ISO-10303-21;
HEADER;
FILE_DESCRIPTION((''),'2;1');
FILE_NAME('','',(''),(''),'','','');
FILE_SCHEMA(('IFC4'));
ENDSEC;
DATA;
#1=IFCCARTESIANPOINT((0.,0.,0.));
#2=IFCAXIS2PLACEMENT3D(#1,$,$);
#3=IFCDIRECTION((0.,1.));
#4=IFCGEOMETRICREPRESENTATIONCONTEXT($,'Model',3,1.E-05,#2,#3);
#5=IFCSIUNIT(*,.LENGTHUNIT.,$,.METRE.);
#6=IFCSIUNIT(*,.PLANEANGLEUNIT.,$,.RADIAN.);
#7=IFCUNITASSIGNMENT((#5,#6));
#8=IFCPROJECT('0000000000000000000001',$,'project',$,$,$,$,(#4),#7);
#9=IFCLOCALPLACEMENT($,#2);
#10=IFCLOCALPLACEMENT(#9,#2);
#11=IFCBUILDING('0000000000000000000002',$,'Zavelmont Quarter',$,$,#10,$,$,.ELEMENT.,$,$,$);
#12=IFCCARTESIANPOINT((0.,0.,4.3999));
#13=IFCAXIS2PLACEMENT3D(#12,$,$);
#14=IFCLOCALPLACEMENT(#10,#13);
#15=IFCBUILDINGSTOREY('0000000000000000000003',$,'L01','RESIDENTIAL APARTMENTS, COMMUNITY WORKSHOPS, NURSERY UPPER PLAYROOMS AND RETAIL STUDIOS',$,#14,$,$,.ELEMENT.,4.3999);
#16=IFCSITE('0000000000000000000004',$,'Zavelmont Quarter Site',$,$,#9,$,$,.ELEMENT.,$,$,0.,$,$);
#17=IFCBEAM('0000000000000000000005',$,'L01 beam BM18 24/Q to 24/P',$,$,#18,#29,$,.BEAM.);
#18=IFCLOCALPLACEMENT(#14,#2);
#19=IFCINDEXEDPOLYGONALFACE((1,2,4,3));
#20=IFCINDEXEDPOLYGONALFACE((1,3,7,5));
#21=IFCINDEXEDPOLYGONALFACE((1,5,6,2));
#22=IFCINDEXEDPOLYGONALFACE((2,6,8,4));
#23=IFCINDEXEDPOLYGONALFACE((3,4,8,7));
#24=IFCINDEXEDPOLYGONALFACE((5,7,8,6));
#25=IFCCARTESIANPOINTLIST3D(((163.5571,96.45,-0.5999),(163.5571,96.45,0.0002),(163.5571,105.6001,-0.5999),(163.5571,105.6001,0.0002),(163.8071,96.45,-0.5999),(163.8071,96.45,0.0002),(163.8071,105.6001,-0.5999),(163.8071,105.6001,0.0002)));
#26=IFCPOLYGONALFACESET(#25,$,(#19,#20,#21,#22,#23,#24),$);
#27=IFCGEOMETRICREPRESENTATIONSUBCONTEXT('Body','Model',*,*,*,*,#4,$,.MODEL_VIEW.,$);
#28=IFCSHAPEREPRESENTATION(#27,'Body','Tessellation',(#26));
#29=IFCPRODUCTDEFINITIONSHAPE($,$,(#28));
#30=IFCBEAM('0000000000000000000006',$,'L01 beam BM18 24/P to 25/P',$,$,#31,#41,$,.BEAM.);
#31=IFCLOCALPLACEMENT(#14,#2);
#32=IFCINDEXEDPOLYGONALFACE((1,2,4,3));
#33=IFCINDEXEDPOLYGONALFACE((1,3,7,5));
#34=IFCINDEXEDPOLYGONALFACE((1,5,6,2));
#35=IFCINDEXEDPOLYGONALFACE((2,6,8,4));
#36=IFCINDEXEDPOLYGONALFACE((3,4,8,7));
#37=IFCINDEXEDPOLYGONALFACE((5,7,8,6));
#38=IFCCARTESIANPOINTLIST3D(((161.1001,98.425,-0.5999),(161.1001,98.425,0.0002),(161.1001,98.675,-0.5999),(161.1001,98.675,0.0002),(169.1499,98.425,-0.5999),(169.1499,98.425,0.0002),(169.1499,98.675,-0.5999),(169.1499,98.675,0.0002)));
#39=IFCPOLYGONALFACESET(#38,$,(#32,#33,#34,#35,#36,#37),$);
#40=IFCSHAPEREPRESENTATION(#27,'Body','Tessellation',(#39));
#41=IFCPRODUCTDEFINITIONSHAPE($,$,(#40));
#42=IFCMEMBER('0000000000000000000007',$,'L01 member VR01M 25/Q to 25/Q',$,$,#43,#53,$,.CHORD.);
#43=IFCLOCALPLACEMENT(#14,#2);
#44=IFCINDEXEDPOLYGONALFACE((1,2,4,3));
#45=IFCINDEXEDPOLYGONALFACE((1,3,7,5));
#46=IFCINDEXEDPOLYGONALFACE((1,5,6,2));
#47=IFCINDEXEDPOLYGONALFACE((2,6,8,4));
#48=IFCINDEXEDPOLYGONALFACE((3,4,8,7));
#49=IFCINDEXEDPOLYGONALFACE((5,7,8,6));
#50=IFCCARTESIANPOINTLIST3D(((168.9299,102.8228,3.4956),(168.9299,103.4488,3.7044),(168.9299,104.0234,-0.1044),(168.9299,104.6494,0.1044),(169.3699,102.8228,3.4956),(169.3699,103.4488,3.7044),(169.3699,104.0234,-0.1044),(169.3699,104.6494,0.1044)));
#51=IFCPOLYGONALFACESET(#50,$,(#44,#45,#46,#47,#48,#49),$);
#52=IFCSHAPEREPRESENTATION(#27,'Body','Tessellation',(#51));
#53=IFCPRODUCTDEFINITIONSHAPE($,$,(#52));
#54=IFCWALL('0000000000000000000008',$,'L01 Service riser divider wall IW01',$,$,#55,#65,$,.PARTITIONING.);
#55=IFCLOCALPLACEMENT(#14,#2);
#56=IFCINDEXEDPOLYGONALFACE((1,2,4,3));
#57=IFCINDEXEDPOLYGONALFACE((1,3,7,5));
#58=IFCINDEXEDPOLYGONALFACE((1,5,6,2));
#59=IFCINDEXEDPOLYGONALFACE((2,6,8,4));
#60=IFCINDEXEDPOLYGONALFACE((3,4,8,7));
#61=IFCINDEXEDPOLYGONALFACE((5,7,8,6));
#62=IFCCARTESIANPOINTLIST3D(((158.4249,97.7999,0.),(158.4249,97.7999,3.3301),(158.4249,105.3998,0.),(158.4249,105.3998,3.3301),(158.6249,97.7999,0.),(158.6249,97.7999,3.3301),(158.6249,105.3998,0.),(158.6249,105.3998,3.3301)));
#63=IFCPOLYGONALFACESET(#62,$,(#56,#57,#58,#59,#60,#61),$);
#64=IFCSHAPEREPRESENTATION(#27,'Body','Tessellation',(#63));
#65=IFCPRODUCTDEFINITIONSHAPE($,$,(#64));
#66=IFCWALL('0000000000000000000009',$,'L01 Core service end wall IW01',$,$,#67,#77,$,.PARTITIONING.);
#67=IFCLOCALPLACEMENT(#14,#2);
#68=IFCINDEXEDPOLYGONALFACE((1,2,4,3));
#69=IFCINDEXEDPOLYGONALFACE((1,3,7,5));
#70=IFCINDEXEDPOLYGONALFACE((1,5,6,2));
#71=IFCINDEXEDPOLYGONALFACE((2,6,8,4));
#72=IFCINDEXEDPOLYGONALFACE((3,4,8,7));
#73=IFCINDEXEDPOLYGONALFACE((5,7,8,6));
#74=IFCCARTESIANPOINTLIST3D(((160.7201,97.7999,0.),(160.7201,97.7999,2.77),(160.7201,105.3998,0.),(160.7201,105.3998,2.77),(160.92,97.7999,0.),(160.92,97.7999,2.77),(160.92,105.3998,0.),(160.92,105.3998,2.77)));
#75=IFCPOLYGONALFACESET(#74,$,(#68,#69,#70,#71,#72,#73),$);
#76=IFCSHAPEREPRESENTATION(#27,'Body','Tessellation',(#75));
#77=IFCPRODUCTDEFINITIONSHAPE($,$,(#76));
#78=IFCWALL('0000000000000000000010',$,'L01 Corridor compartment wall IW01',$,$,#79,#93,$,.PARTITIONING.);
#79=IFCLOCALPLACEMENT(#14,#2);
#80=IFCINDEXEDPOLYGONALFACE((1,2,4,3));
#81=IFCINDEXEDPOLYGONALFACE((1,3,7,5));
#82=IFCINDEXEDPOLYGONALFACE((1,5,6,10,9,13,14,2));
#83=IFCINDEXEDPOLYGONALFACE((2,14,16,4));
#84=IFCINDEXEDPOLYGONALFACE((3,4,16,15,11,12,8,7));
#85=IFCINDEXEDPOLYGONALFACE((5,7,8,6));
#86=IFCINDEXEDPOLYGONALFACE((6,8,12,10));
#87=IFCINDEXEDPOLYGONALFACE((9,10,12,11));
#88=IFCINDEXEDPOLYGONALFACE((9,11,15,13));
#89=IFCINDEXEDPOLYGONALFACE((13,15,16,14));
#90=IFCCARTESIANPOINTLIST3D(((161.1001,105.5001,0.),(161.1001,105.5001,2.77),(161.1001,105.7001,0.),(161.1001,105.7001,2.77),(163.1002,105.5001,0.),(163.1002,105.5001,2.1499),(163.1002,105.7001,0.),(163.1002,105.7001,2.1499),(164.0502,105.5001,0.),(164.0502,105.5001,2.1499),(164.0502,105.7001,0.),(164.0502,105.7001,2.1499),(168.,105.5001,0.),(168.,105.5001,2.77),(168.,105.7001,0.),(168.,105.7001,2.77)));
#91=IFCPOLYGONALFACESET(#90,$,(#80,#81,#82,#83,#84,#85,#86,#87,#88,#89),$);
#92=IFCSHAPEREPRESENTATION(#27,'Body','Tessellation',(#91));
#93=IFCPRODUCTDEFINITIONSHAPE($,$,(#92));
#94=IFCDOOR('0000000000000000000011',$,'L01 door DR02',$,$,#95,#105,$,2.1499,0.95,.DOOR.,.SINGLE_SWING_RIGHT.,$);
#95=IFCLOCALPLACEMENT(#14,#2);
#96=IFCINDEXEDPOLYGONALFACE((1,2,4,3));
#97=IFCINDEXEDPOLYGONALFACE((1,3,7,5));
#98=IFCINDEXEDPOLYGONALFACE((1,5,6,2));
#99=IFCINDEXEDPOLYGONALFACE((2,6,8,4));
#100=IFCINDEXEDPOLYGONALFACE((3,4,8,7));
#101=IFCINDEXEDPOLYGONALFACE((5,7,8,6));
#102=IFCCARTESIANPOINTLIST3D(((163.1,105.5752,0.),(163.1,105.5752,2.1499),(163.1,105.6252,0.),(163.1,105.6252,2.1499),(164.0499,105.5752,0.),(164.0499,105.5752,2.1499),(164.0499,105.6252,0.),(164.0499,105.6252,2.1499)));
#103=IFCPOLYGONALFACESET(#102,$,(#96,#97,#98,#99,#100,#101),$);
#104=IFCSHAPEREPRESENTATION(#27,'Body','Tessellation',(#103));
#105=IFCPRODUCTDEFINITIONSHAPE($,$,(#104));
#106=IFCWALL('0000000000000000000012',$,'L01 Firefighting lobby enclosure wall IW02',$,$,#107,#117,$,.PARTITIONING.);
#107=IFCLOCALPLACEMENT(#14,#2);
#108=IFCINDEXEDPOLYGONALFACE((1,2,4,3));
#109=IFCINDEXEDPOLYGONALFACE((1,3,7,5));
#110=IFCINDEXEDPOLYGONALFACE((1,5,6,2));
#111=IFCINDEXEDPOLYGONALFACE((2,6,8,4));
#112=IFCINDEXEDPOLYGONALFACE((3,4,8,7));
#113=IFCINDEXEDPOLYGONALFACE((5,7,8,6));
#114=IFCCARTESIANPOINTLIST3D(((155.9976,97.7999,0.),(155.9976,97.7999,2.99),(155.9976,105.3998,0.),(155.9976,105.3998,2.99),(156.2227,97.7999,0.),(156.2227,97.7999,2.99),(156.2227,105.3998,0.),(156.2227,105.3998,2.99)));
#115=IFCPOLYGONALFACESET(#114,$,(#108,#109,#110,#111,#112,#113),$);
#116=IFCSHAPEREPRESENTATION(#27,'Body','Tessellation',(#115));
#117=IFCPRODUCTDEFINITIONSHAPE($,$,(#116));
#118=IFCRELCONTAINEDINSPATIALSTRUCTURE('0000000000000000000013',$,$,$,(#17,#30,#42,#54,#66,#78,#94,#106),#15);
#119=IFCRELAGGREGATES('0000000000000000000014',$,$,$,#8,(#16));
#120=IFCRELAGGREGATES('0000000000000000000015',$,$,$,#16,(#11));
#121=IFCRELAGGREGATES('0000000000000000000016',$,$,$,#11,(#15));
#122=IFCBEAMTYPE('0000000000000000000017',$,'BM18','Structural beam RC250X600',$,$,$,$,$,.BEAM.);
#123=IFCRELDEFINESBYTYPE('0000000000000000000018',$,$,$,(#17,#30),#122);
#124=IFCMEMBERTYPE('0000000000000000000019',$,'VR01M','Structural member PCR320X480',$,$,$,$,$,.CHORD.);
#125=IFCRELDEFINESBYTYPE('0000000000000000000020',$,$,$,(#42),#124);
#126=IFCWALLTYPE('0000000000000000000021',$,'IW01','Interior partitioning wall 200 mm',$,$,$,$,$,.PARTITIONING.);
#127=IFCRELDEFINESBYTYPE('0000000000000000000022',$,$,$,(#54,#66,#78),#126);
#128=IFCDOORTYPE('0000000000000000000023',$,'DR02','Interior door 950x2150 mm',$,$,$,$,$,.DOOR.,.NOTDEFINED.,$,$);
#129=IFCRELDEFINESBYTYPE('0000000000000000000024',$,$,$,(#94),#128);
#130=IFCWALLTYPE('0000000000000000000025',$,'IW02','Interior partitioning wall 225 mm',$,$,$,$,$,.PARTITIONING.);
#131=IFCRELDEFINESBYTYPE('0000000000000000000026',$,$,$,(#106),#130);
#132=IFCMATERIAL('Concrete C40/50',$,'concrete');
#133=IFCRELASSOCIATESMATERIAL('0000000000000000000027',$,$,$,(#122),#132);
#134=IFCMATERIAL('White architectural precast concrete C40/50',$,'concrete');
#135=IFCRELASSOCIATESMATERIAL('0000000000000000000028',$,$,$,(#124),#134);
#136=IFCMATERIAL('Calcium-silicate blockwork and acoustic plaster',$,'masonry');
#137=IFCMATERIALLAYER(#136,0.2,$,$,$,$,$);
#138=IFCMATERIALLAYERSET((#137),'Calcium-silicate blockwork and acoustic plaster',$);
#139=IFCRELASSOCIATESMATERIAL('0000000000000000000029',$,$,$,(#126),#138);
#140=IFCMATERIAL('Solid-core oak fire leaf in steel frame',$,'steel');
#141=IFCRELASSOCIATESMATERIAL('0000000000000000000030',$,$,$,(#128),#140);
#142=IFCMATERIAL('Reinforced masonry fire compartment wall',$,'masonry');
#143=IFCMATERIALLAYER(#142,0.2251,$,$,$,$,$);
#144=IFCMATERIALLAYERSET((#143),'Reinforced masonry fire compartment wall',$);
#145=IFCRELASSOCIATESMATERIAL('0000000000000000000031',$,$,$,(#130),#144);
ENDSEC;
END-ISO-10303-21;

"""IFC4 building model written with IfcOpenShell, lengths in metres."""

from ifc_helpers import new_model, si_unit, direction, frame, frame_2d, origin, origin_2d, place, context, subcontext, project, spatial, rectangle, extrude, material, layer, layer_set, material_profile, profile_set, type_object, element, fill, save


model = new_model("IFC4")

# Units and contexts
model_context = context("Model", 3, precision=1e-05, world=origin(), true_north=direction((0.0, 1.0)))
body_context = subcontext(model_context, "Body", "Model", "MODEL_VIEW")
ifc_project = project(units=[si_unit("LENGTHUNIT", "METRE"), si_unit("PLANEANGLEUNIT", "RADIAN")], contexts=[model_context])

# Site, building, storey
site_placement = place(None, origin())
site = spatial("IfcSite", under=ifc_project, at=site_placement, Name="Zavelmont Quarter Site", CompositionType="ELEMENT", RefElevation=0.0)
building_placement = place(site_placement, origin())
building = spatial("IfcBuilding", under=site, at=building_placement, Name="Zavelmont Quarter", CompositionType="ELEMENT")
storey_placement = place(building_placement, frame((0.0, 0.0, 4.3999)))
storey = spatial("IfcBuildingStorey", under=building, at=storey_placement, Name="L01", Description="RESIDENTIAL APARTMENTS, COMMUNITY WORKSHOPS, NURSERY UPPER PLAYROOMS AND RETAIL STUDIOS", CompositionType="ELEMENT", Elevation=4.3999)

# Shared definitions
ifc_material_1 = material(Name="Concrete C40/50", Category="concrete")

# Beams
ifc_material_profile_1 = material_profile(ifc_material_1, rectangle(XDim=0.25, YDim=0.6001, at=origin_2d()), Name="RC250X600")
ifc_profile_set_1 = profile_set([ifc_material_profile_1], Name="Concrete C40/50")
beam_type_1 = type_object("IfcBeamType", Name="BM18", Description="Structural beam RC250X600", PredefinedType="BEAM", material=ifc_profile_set_1)
for number, where, z_axis, x_axis, name in (
    (1, (163.6821, 105.6001, -0.2998), (0.0, -1.0, 0.0), (1.0, 0.0, 0.0), "L01 beam BM18 24/Q to 24/P"),
):
    element("IfcBeam", number, at=place(storey_placement, frame(where, z_axis=z_axis, x_axis=x_axis)), inside=storey, type_object=beam_type_1, Name=name, PredefinedType="BEAM", context=body_context, shape_type="SweptSolid", body=[
        extrude(rectangle(XDim=0.25, YDim=0.6001, at=origin_2d()), origin(), (0.0, 0.0, 1.0), 9.1501),
    ])
beam_1_placement = place(storey_placement, frame((161.1001, 98.55, -0.2998), z_axis=(1.0, 0.0, 0.0), x_axis=(0.0, 1.0, 0.0)))
element("IfcBeam", 2, at=beam_1_placement, inside=storey, type_object=beam_type_1, Name="L01 beam BM18 24/P to 25/P", PredefinedType="BEAM", context=body_context, shape_type="SweptSolid", body=[
    extrude(rectangle(XDim=0.25, YDim=0.6001, at=origin_2d()), origin(), (0.0, 0.0, 1.0), 8.0498),
])

# Member
ifc_material_2 = material(Name="White architectural precast concrete C40/50", Category="concrete")
ifc_material_profile_2 = material_profile(ifc_material_2, rectangle(XDim=0.4399, YDim=0.6599, at=origin_2d()), Name="PCR320X480")
ifc_profile_set_2 = profile_set([ifc_material_profile_2], Name="White architectural precast concrete C40/50")
member_type = type_object("IfcMemberType", Name="VR01M", Description="Structural member PCR320X480", PredefinedType="CHORD", material=ifc_profile_set_2)
member_placement = place(storey_placement, frame((169.1499, 104.3364, 0.0), z_axis=(0.0, -0.316382, 0.948632), x_axis=(1.0, 0.0, 0.0)))
element("IfcMember", 3, at=member_placement, inside=storey, type_object=member_type, Name="L01 member VR01M 25/Q to 25/Q", PredefinedType="CHORD", context=body_context, shape_type="SweptSolid", body=[
    extrude(rectangle(XDim=0.4399, YDim=0.6599, at=origin_2d()), origin(), (0.0, 0.0, 1.0), 3.7949),
])

# Walls
ifc_material_3 = material(Name="Calcium-silicate blockwork and acoustic plaster", Category="masonry")
ifc_layer_1 = layer(ifc_material_3, 0.2)
ifc_layer_set_1 = layer_set([ifc_layer_1], Name="Calcium-silicate blockwork and acoustic plaster")
wall_type_1 = type_object("IfcWallType", Name="IW01", Description="Interior partitioning wall 200 mm", PredefinedType="PARTITIONING", material=ifc_layer_set_1)
wall_1_placement = place(storey_placement, frame((158.5249, 97.8, 0.0), z_axis=(0.0, 0.0, 1.0), x_axis=(0.0, 1.0, 0.0)))
element("IfcWall", 4, at=wall_1_placement, inside=storey, type_object=wall_type_1, Name="L01 Service riser divider wall IW01", PredefinedType="PARTITIONING", context=body_context, shape_type="SweptSolid", body=[
    extrude(rectangle(XDim=7.5999, YDim=0.2, at=frame_2d((3.7998, 0.0))), origin(), (0.0, 0.0, 1.0), 3.3301),
])
wall_2_placement = place(storey_placement, frame((160.8201, 97.8, 0.0), z_axis=(0.0, 0.0, 1.0), x_axis=(0.0, 1.0, 0.0)))
element("IfcWall", 5, at=wall_2_placement, inside=storey, type_object=wall_type_1, Name="L01 Core service end wall IW01", PredefinedType="PARTITIONING", context=body_context, shape_type="SweptSolid", body=[
    extrude(rectangle(XDim=7.5999, YDim=0.2, at=frame_2d((3.7998, 0.0))), origin(), (0.0, 0.0, 1.0), 2.77),
])

# Wall, opening, door
wall_3_placement = place(storey_placement, frame((161.1001, 105.6001, 0.0), z_axis=(0.0, 0.0, 1.0), x_axis=(1.0, 0.0, 0.0)))
wall_3 = element("IfcWall", 6, at=wall_3_placement, inside=storey, type_object=wall_type_1, Name="L01 Corridor compartment wall IW01", PredefinedType="PARTITIONING", context=body_context, shape_type="SweptSolid", body=[
    extrude(rectangle(XDim=6.8999, YDim=0.2, at=frame_2d((3.45, 0.0))), origin(), (0.0, 0.0, 1.0), 2.77),
])
opening_1_placement = place(wall_3_placement, frame((2.0, 0.0, 0.0)))
opening_1 = element("IfcOpeningElement", 7, at=opening_1_placement, cuts=wall_3, PredefinedType="OPENING", context=body_context, shape_type="SweptSolid", body=[
    extrude(rectangle(XDim=0.95, YDim=2.1499, at=frame_2d((0.4751, 1.075))), frame((0.0, 0.1118, 0.0), z_axis=(0.0, -1.0, 0.0), x_axis=(1.0, 0.0, 0.0)), (0.0, 0.0, 1.0), 0.2239),
])
ifc_material_4 = material(Name="Solid-core oak fire leaf in steel frame", Category="steel")
door_type_1 = type_object("IfcDoorType", Name="DR02", Description="Interior door 950x2150 mm", OperationType="NOTDEFINED", PredefinedType="DOOR", material=ifc_material_4)
door_1_placement = place(opening_1_placement, frame((0.95, 0.0, 0.0), z_axis=(0.0, 0.0, 1.0), x_axis=(-1.0, 0.0, 0.0)))
door_1 = element("IfcDoor", 8, at=door_1_placement, inside=storey, type_object=door_type_1, Name="L01 door DR02", OperationType="SINGLE_SWING_RIGHT", OverallHeight=2.1499, OverallWidth=0.95, PredefinedType="DOOR", context=body_context, shape_type="SweptSolid", body=[
    extrude(rectangle(XDim=0.95, YDim=2.1499, at=frame_2d((0.4751, 1.075))), frame((0.0, 0.0249, 0.0), z_axis=(0.0, -1.0, 0.0), x_axis=(1.0, 0.0, 0.0)), (0.0, 0.0, 1.0), 0.05),
])
fill(opening_1, door_1)

# Wall
ifc_material_5 = material(Name="Reinforced masonry fire compartment wall", Category="masonry")
ifc_layer_2 = layer(ifc_material_5, 0.2251)
ifc_layer_set_2 = layer_set([ifc_layer_2], Name="Reinforced masonry fire compartment wall")
wall_type_2 = type_object("IfcWallType", Name="IW02", Description="Interior partitioning wall 225 mm", PredefinedType="PARTITIONING", material=ifc_layer_set_2)
wall_4_placement = place(storey_placement, frame((156.1101, 97.8, 0.0), z_axis=(0.0, 0.0, 1.0), x_axis=(0.0, 1.0, 0.0)))
element("IfcWall", 9, at=wall_4_placement, inside=storey, type_object=wall_type_2, Name="L01 Firefighting lobby enclosure wall IW02", PredefinedType="PARTITIONING", context=body_context, shape_type="SweptSolid", body=[
    extrude(rectangle(XDim=7.5999, YDim=0.2251, at=frame_2d((3.7998, 0.0))), origin(), (0.0, 0.0, 1.0), 2.99),
])

save(model, "model.ifc")
